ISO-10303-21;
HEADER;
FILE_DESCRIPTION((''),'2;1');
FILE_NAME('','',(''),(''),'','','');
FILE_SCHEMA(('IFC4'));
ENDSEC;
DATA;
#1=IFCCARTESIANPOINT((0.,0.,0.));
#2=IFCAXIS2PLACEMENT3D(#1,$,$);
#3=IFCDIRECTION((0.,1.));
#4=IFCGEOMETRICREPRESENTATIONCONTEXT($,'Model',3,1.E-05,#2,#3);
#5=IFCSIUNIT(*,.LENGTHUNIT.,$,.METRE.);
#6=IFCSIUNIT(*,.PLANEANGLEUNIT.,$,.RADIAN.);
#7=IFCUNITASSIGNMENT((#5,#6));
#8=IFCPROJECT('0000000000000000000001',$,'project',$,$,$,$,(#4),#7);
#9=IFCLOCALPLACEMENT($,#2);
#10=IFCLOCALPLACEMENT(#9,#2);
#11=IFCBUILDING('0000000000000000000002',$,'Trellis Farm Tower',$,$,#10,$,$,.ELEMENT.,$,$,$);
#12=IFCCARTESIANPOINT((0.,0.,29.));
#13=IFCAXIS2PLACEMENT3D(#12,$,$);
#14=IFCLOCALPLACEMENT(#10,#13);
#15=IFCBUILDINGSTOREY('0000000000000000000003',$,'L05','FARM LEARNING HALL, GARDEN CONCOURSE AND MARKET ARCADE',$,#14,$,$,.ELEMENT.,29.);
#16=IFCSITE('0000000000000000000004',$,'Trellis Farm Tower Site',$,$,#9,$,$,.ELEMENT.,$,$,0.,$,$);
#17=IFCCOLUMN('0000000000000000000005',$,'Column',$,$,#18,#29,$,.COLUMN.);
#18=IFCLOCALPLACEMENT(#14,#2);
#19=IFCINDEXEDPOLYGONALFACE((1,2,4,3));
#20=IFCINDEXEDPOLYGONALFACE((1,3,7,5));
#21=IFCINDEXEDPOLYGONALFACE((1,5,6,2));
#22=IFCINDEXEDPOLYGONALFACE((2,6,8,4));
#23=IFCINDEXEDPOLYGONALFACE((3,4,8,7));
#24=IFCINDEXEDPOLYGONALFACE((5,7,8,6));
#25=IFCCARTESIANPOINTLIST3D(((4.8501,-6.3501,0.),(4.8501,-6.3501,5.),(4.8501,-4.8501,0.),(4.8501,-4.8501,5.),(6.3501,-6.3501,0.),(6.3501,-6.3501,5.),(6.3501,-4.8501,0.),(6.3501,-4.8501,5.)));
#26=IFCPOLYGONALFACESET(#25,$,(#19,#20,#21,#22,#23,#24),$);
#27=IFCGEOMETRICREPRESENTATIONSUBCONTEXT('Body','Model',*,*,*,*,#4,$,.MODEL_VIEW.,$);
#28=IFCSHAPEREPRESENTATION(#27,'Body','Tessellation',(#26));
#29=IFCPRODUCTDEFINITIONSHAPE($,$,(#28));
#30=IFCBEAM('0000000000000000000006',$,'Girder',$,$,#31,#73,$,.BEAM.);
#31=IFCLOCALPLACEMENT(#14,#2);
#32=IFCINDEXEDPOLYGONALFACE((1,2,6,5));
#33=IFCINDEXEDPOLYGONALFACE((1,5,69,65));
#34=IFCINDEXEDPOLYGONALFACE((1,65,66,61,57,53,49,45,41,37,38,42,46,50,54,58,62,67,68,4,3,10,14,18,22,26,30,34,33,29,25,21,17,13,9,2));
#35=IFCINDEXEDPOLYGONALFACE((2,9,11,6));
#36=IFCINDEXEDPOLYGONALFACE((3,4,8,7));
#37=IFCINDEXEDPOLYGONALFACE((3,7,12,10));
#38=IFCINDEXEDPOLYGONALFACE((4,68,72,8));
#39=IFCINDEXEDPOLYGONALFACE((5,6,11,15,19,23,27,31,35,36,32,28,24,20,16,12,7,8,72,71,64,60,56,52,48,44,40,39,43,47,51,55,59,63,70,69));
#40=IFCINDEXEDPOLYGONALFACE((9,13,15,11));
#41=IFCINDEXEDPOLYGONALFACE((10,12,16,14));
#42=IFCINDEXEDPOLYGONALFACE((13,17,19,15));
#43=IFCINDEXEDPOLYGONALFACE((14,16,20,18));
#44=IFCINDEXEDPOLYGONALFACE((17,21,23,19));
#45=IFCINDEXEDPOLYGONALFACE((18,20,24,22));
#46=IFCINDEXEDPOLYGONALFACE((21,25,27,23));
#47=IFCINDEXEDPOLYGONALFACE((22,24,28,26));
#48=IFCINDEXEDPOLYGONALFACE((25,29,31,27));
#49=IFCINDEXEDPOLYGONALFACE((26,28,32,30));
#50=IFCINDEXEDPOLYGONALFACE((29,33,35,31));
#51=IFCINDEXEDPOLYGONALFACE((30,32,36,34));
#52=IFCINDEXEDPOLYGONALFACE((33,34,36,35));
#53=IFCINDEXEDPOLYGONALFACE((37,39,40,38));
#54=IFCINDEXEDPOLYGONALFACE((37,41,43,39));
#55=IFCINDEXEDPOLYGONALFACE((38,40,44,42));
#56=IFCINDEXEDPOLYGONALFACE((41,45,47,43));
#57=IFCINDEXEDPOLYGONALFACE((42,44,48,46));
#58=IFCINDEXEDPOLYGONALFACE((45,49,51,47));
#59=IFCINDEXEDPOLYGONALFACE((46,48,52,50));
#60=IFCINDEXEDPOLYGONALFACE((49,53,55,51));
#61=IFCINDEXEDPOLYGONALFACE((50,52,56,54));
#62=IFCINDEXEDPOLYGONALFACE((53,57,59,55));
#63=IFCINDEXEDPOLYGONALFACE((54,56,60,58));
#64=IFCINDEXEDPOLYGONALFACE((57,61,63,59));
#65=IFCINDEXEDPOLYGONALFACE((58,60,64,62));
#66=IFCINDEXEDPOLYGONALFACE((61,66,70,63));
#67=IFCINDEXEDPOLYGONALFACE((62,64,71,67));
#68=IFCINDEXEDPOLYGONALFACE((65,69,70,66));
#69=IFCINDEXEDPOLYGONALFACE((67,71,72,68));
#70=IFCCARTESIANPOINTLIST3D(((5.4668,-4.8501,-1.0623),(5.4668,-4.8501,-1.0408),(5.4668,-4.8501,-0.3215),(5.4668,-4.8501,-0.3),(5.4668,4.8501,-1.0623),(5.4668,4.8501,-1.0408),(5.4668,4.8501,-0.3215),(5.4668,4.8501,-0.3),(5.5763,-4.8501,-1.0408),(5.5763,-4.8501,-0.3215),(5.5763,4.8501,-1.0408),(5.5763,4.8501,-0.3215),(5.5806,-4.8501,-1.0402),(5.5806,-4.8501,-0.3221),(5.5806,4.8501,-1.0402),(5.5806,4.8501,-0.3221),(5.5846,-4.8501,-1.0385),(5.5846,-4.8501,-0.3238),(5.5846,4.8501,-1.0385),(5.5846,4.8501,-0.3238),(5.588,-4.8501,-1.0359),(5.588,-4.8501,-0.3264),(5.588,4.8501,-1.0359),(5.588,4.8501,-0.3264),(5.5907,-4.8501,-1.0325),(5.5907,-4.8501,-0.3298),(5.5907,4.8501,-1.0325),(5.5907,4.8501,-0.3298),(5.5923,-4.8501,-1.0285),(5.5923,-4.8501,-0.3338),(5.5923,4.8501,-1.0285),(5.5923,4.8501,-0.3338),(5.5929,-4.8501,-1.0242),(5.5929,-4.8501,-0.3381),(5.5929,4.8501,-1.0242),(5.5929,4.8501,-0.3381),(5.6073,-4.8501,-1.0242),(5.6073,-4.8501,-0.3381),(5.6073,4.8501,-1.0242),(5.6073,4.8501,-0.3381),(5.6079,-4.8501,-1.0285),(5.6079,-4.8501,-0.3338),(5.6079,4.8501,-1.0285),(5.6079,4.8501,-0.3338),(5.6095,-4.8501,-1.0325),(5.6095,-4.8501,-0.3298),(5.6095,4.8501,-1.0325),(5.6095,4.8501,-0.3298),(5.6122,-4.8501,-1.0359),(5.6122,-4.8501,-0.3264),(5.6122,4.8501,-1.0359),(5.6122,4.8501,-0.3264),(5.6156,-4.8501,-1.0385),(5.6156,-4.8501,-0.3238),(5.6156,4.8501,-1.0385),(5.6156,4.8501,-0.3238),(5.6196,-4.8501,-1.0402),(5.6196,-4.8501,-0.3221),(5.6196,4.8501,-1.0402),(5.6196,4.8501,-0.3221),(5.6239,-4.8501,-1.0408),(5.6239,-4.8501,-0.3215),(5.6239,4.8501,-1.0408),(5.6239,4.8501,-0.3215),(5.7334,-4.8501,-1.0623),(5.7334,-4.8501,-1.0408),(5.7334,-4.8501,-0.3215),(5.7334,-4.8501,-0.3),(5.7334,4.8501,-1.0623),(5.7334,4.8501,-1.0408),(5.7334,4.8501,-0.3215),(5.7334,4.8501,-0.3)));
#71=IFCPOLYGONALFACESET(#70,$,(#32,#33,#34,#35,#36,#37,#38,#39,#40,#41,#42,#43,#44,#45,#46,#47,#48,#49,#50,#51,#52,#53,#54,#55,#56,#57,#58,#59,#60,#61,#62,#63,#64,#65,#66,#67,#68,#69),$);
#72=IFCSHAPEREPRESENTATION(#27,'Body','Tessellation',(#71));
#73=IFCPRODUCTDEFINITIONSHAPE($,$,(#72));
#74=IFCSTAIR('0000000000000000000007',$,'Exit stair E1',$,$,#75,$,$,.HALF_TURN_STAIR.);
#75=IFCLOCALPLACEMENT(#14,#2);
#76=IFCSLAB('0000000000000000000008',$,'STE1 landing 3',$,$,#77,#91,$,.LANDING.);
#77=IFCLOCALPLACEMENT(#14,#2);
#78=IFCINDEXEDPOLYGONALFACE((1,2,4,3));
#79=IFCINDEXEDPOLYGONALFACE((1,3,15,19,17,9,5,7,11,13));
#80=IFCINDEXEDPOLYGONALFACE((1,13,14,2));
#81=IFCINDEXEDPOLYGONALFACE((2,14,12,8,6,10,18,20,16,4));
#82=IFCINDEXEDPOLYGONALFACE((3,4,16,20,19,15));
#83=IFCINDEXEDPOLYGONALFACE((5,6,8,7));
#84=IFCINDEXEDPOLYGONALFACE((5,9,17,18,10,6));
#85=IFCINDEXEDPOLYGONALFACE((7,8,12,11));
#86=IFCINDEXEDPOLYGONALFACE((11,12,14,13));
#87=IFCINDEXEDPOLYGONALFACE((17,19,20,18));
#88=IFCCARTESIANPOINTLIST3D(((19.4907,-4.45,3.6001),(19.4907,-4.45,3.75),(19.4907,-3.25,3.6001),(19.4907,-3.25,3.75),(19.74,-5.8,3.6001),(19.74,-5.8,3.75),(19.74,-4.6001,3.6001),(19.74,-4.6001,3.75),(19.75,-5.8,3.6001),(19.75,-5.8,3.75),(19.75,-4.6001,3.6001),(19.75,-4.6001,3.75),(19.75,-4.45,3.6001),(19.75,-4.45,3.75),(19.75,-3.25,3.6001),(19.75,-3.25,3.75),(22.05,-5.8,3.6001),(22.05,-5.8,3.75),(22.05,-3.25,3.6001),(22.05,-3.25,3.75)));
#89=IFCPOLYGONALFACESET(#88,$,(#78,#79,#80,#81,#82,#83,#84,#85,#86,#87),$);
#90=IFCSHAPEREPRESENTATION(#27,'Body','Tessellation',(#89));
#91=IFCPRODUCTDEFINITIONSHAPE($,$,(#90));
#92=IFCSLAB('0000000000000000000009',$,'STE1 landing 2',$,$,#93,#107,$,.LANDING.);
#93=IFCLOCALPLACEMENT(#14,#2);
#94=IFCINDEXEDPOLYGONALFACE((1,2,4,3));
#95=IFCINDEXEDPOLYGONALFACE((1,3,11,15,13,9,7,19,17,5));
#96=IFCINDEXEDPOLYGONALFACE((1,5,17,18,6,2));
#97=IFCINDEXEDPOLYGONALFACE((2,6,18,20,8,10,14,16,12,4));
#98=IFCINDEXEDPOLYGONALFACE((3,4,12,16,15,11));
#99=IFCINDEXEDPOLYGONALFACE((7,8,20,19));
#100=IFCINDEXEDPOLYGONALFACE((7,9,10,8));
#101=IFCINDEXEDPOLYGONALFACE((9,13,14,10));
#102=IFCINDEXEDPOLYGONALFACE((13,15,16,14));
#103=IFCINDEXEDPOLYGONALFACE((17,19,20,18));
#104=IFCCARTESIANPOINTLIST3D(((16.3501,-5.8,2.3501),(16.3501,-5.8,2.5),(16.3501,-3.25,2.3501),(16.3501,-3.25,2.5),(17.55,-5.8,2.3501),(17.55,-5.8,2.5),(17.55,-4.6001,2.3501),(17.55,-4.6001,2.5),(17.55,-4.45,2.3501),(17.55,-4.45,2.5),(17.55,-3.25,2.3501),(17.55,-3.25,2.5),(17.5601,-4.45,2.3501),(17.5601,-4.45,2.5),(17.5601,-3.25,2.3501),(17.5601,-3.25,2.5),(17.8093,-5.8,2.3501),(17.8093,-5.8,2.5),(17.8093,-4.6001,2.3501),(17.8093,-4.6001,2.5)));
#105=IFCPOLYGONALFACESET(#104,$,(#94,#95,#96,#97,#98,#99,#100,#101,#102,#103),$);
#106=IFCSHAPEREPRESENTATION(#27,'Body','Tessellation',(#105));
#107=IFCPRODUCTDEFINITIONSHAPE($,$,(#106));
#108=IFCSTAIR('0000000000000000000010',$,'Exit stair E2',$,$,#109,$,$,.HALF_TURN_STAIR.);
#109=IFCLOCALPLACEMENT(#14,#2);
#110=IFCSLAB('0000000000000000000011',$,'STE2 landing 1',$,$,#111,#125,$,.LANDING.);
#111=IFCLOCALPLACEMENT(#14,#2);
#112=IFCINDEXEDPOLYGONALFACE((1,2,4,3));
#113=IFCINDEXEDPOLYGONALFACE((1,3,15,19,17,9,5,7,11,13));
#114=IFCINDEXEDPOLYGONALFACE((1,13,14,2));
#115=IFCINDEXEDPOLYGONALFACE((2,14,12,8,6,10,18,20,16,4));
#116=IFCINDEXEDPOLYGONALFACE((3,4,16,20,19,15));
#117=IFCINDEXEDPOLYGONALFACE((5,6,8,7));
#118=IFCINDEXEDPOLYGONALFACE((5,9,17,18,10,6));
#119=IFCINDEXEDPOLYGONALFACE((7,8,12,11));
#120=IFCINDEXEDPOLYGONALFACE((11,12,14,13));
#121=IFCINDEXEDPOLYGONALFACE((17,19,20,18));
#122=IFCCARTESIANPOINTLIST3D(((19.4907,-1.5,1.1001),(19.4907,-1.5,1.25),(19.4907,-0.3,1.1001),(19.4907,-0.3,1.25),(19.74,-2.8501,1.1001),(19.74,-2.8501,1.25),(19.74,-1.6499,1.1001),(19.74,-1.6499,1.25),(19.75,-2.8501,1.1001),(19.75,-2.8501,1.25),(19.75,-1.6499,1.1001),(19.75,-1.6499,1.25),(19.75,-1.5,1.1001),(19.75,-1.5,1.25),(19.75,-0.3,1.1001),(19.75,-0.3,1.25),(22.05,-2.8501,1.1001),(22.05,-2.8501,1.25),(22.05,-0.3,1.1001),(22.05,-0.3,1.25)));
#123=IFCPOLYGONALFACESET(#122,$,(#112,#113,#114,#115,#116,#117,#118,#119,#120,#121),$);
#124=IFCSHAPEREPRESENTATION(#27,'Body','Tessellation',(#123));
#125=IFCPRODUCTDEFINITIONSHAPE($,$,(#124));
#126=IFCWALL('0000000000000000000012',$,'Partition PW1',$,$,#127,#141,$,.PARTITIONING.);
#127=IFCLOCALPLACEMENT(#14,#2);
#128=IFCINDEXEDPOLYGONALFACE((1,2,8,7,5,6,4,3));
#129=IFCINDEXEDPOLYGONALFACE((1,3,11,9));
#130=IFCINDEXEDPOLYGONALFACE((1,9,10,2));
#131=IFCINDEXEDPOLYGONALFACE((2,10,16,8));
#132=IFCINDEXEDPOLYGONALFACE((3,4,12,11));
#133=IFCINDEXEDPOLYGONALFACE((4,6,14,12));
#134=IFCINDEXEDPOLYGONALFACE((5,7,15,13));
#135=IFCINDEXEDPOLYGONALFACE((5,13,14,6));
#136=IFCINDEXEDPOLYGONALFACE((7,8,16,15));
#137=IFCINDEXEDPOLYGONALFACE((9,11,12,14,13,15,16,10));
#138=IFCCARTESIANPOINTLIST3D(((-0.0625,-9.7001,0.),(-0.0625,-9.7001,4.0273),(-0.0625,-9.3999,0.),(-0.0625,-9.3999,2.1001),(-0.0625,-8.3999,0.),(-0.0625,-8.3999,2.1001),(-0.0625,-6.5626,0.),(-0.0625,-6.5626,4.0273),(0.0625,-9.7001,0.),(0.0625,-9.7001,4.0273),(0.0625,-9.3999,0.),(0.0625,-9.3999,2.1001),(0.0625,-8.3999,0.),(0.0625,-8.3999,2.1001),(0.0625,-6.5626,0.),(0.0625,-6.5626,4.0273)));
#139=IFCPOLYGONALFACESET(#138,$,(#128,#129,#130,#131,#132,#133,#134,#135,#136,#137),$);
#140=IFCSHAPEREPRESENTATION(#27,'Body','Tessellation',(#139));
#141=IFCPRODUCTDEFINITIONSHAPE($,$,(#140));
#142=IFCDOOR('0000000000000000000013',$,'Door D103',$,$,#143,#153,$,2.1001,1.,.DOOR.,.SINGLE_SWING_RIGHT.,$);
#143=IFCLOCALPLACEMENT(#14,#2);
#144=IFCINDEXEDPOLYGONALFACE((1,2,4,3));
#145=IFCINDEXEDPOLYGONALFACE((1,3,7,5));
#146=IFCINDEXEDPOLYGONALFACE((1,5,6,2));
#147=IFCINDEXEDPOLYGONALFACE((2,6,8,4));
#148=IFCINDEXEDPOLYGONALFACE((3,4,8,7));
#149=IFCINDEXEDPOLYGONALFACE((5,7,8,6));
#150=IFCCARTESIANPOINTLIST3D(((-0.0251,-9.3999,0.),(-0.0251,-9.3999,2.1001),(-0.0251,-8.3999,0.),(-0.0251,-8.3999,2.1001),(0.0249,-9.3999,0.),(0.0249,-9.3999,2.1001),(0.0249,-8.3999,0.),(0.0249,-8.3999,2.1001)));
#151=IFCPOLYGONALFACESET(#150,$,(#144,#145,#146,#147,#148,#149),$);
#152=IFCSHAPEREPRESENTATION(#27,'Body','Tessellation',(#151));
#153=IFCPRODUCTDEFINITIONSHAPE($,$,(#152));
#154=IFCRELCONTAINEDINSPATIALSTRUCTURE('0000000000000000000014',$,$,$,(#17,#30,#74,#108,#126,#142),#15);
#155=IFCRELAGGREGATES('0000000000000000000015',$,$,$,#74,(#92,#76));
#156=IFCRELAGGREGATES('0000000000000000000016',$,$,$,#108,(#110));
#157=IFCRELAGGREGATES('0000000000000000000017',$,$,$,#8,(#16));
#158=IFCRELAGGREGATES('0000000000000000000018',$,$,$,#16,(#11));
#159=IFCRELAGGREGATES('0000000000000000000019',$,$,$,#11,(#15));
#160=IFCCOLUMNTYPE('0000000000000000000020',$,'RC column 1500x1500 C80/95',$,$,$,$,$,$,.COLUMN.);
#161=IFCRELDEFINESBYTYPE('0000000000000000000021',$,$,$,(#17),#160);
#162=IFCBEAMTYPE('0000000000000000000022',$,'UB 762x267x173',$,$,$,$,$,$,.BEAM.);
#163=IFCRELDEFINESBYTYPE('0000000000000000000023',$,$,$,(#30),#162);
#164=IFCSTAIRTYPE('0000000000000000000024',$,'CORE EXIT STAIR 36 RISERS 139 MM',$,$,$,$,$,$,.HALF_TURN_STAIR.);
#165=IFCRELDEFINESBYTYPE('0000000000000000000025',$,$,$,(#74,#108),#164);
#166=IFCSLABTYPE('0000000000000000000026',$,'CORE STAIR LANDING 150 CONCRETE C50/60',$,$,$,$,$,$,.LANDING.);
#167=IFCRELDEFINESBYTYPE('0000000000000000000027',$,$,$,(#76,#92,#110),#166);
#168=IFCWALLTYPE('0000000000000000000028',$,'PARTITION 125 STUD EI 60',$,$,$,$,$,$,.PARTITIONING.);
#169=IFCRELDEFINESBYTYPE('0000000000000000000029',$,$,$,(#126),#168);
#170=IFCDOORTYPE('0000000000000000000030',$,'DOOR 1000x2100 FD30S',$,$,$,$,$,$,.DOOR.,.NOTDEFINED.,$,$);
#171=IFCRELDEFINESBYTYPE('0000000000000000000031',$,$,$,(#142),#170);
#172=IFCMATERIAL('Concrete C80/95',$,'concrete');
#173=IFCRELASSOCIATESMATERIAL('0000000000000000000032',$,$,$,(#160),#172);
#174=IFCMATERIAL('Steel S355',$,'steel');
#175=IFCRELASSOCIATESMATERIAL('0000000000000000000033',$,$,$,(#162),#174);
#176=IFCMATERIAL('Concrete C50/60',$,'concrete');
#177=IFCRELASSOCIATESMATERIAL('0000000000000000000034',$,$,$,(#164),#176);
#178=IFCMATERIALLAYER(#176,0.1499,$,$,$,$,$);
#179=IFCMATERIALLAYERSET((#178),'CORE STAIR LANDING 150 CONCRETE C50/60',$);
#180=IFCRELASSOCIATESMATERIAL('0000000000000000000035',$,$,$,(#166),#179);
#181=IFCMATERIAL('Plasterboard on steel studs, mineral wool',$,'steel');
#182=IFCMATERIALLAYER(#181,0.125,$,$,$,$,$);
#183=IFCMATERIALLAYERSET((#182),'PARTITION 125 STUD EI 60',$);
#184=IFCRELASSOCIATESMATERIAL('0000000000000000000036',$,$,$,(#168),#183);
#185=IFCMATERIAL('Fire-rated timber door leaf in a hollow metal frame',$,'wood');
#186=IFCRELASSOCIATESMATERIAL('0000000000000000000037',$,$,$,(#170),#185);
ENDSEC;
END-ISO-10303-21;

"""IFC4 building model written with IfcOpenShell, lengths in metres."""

from ifc_helpers import new_model, si_unit, direction, frame, frame_2d, origin, origin_2d, place, context, subcontext, project, spatial, polyline, rectangle, i_section, outline, extrude, source, transform, mapped, material, layer, layer_set, material_profile, profile_set, type_object, element, fill, aggregate, save


model = new_model("IFC4")

# Units and contexts
model_context = context("Model", 3, precision=1e-05, world=origin(), true_north=direction((0.0, 1.0)))
body_context = subcontext(model_context, "Body", "Model", "MODEL_VIEW")
ifc_project = project(units=[si_unit("LENGTHUNIT", "METRE"), si_unit("PLANEANGLEUNIT", "RADIAN")], contexts=[model_context])

# Site, building, storey
site_placement = place(None, origin())
site = spatial("IfcSite", under=ifc_project, at=site_placement, Name="Trellis Farm Tower Site", CompositionType="ELEMENT", RefElevation=0.0)
building_placement = place(site_placement, origin())
building = spatial("IfcBuilding", under=site, at=building_placement, Name="Trellis Farm Tower", CompositionType="ELEMENT")
storey_placement = place(building_placement, frame((0.0, 0.0, 29.0)))
storey = spatial("IfcBuildingStorey", under=building, at=storey_placement, Name="L05", Description="FARM LEARNING HALL, GARDEN CONCOURSE AND MARKET ARCADE", CompositionType="ELEMENT", Elevation=29.0)

# Column
ifc_material_1 = material(Name="Concrete C80/95", Category="concrete")
ifc_material_profile_1 = material_profile(ifc_material_1, rectangle(XDim=1.5, YDim=1.5, at=origin_2d()), Name="RC column 1500x1500 C80/95")
ifc_profile_set_1 = profile_set([ifc_material_profile_1], Name="Concrete C80/95")
column_type = type_object("IfcColumnType", Name="RC column 1500x1500 C80/95", PredefinedType="COLUMN", material=ifc_profile_set_1)
shared_shape_1 = source(origin(), body_context, "Body", "SweptSolid", [
    extrude(rectangle(XDim=1.5, YDim=1.5, at=origin_2d()), origin(), (0.0, 0.0, 1.0), 5.0),
])
column_placement = place(storey_placement, frame((5.6001, -5.6001, 0.0), z_axis=(0.0, 0.0, 1.0), x_axis=(1.0, 0.0, 0.0)))
element("IfcColumn", 1, at=column_placement, inside=storey, type_object=column_type, Name="Column", PredefinedType="COLUMN", context=body_context, shape_type="MappedRepresentation", body=[
    mapped(shared_shape_1, transform((0.0, 0.0, 0.0))),
])

# Beam
ifc_material_2 = material(Name="Steel S355", Category="steel")
ifc_material_profile_2 = material_profile(ifc_material_2, i_section(OverallWidth=0.2666, OverallDepth=0.7622, WebThickness=0.0144, FlangeThickness=0.0215, FilletRadius=0.0166, at=origin_2d()), Name="UB 762x267x173")
ifc_profile_set_2 = profile_set([ifc_material_profile_2], Name="Steel S355")
beam_type = type_object("IfcBeamType", Name="UB 762x267x173", PredefinedType="BEAM", material=ifc_profile_set_2)
shared_shape_2 = source(origin(), body_context, "Body", "SweptSolid", [
    extrude(i_section(OverallWidth=0.2666, OverallDepth=0.7622, WebThickness=0.0144, FlangeThickness=0.0215, FilletRadius=0.0166, at=origin_2d()), origin(), (0.0, 0.0, 1.0), 9.7002),
])
beam_placement = place(storey_placement, frame((5.6001, -4.8501, -0.6812), z_axis=(0.0, 1.0, 0.0), x_axis=(-1.0, 0.0, 0.0)))
element("IfcBeam", 2, at=beam_placement, inside=storey, type_object=beam_type, Name="Girder", PredefinedType="BEAM", context=body_context, shape_type="MappedRepresentation", body=[
    mapped(shared_shape_2, transform((0.0, 0.0, 0.0))),
])

# Stair, slabs
ifc_material_3 = material(Name="Concrete C50/60", Category="concrete")
stair_type = type_object("IfcStairType", Name="CORE EXIT STAIR 36 RISERS 139 MM", PredefinedType="HALF_TURN_STAIR", material=ifc_material_3)
placement = place(storey_placement, origin())
stair_1 = element("IfcStair", 3, at=placement, inside=storey, type_object=stair_type, Name="Exit stair E1", PredefinedType="HALF_TURN_STAIR")
ifc_layer_1 = layer(ifc_material_3, 0.1499)
ifc_layer_set_1 = layer_set([ifc_layer_1], Name="CORE STAIR LANDING 150 CONCRETE C50/60")
slab_type = type_object("IfcSlabType", Name="CORE STAIR LANDING 150 CONCRETE C50/60", PredefinedType="LANDING", material=ifc_layer_set_1)
shared_shape_3 = source(origin(), body_context, "Body", "SweptSolid", [
    extrude(outline(polyline([(19.74, -5.8), (19.74, -4.6001), (19.75, -4.6001), (19.75, -4.45), (19.4907, -4.45), (19.4907, -3.25), (19.75, -3.25), (22.05, -3.25), (22.05, -5.8), (19.75, -5.8), (19.74, -5.8)])), origin(), (0.0, 0.0, 1.0), 0.1499),
])
slab_1_placement = place(storey_placement, frame((0.0, 0.0, 3.6001)))
slab_1 = element("IfcSlab", 4, at=slab_1_placement, type_object=slab_type, Name="STE1 landing 3", PredefinedType="LANDING", context=body_context, shape_type="MappedRepresentation", body=[
    mapped(shared_shape_3, transform((0.0, 0.0, 0.0))),
])
shared_shape_4 = source(origin(), body_context, "Body", "SweptSolid", [
    extrude(outline(polyline([(17.8093, -4.6001), (17.8093, -5.8), (17.55, -5.8), (16.3501, -5.8), (16.3501, -3.25), (17.55, -3.25), (17.5601, -3.25), (17.5601, -4.45), (17.55, -4.45), (17.55, -4.6001), (17.8093, -4.6001)])), origin(), (0.0, 0.0, 1.0), 0.1499),
])
slab_2_placement = place(storey_placement, frame((0.0, 0.0, 2.3501)))
slab_2 = element("IfcSlab", 5, at=slab_2_placement, type_object=slab_type, Name="STE1 landing 2", PredefinedType="LANDING", context=body_context, shape_type="MappedRepresentation", body=[
    mapped(shared_shape_4, transform((0.0, 0.0, 0.0))),
])
aggregate(stair_1, [slab_2, slab_1])

# Stair, slab
stair_2 = element("IfcStair", 6, at=placement, inside=storey, type_object=stair_type, Name="Exit stair E2", PredefinedType="HALF_TURN_STAIR")
shared_shape_5 = source(origin(), body_context, "Body", "SweptSolid", [
    extrude(outline(polyline([(19.74, -2.8501), (19.74, -1.6499), (19.75, -1.6499), (19.75, -1.5), (19.4907, -1.5), (19.4907, -0.3), (19.75, -0.3), (22.05, -0.3), (22.05, -2.8501), (19.75, -2.8501), (19.74, -2.8501)])), origin(), (0.0, 0.0, 1.0), 0.1499),
])
slab_3_placement = place(storey_placement, frame((0.0, 0.0, 1.1001)))
slab_3 = element("IfcSlab", 7, at=slab_3_placement, type_object=slab_type, Name="STE2 landing 1", PredefinedType="LANDING", context=body_context, shape_type="MappedRepresentation", body=[
    mapped(shared_shape_5, transform((0.0, 0.0, 0.0))),
])
aggregate(stair_2, [slab_3])

# Wall, opening, door
ifc_material_4 = material(Name="Plasterboard on steel studs, mineral wool", Category="steel")
ifc_layer_2 = layer(ifc_material_4, 0.125)
ifc_layer_set_2 = layer_set([ifc_layer_2], Name="PARTITION 125 STUD EI 60")
wall_type_1 = type_object("IfcWallType", Name="PARTITION 125 STUD EI 60", PredefinedType="PARTITIONING", material=ifc_layer_set_2)
wall_1_placement = place(storey_placement, frame((0.0, -6.5625, 0.0), z_axis=(0.0, 0.0, 1.0), x_axis=(0.0, -1.0, 0.0)))
wall_1 = element("IfcWall", 8, at=wall_1_placement, inside=storey, type_object=wall_type_1, Name="Partition PW1", PredefinedType="PARTITIONING", context=body_context, shape_type="SweptSolid", body=[
    extrude(rectangle(XDim=3.1375, YDim=0.125, at=frame_2d((1.5688, 0.0))), origin(), (0.0, 0.0, 1.0), 4.0273),
])
shared_shape_6 = source(origin(), body_context, "Body", "SweptSolid", [
    extrude(rectangle(XDim=1.0, YDim=2.1001, at=frame_2d((0.5, 1.05))), frame((0.0, 0.0725, 0.0), z_axis=(0.0, -1.0, 0.0), x_axis=(1.0, 0.0, 0.0)), (0.0, 0.0, 1.0), 0.145),
])
opening_1_placement = place(wall_1_placement, frame((1.8374, 0.0, 0.0)))
opening_1 = element("IfcOpeningElement", 9, at=opening_1_placement, cuts=wall_1, PredefinedType="OPENING", context=body_context, shape_type="MappedRepresentation", body=[
    mapped(shared_shape_6, transform((0.0, 0.0, 0.0))),
])
ifc_material_5 = material(Name="Fire-rated timber door leaf in a hollow metal frame", Category="wood")
door_type_1 = type_object("IfcDoorType", Name="DOOR 1000x2100 FD30S", OperationType="NOTDEFINED", PredefinedType="DOOR", material=ifc_material_5)
shared_shape_7 = source(origin(), body_context, "Body", "SweptSolid", [
    extrude(rectangle(XDim=1.0, YDim=2.1001, at=frame_2d((0.5, 1.05))), frame((0.0, 0.0249, 0.0), z_axis=(0.0, -1.0, 0.0), x_axis=(1.0, 0.0, 0.0)), (0.0, 0.0, 1.0), 0.05),
])
door_1_placement = place(opening_1_placement, origin())
door_1 = element("IfcDoor", 10, at=door_1_placement, inside=storey, type_object=door_type_1, Name="Door D103", OperationType="SINGLE_SWING_RIGHT", OverallHeight=2.1001, OverallWidth=1.0, PredefinedType="DOOR", context=body_context, shape_type="MappedRepresentation", body=[
    mapped(shared_shape_7, transform((0.0, 0.0, 0.0))),
])
fill(opening_1, door_1)

save(model, "model.ifc")
